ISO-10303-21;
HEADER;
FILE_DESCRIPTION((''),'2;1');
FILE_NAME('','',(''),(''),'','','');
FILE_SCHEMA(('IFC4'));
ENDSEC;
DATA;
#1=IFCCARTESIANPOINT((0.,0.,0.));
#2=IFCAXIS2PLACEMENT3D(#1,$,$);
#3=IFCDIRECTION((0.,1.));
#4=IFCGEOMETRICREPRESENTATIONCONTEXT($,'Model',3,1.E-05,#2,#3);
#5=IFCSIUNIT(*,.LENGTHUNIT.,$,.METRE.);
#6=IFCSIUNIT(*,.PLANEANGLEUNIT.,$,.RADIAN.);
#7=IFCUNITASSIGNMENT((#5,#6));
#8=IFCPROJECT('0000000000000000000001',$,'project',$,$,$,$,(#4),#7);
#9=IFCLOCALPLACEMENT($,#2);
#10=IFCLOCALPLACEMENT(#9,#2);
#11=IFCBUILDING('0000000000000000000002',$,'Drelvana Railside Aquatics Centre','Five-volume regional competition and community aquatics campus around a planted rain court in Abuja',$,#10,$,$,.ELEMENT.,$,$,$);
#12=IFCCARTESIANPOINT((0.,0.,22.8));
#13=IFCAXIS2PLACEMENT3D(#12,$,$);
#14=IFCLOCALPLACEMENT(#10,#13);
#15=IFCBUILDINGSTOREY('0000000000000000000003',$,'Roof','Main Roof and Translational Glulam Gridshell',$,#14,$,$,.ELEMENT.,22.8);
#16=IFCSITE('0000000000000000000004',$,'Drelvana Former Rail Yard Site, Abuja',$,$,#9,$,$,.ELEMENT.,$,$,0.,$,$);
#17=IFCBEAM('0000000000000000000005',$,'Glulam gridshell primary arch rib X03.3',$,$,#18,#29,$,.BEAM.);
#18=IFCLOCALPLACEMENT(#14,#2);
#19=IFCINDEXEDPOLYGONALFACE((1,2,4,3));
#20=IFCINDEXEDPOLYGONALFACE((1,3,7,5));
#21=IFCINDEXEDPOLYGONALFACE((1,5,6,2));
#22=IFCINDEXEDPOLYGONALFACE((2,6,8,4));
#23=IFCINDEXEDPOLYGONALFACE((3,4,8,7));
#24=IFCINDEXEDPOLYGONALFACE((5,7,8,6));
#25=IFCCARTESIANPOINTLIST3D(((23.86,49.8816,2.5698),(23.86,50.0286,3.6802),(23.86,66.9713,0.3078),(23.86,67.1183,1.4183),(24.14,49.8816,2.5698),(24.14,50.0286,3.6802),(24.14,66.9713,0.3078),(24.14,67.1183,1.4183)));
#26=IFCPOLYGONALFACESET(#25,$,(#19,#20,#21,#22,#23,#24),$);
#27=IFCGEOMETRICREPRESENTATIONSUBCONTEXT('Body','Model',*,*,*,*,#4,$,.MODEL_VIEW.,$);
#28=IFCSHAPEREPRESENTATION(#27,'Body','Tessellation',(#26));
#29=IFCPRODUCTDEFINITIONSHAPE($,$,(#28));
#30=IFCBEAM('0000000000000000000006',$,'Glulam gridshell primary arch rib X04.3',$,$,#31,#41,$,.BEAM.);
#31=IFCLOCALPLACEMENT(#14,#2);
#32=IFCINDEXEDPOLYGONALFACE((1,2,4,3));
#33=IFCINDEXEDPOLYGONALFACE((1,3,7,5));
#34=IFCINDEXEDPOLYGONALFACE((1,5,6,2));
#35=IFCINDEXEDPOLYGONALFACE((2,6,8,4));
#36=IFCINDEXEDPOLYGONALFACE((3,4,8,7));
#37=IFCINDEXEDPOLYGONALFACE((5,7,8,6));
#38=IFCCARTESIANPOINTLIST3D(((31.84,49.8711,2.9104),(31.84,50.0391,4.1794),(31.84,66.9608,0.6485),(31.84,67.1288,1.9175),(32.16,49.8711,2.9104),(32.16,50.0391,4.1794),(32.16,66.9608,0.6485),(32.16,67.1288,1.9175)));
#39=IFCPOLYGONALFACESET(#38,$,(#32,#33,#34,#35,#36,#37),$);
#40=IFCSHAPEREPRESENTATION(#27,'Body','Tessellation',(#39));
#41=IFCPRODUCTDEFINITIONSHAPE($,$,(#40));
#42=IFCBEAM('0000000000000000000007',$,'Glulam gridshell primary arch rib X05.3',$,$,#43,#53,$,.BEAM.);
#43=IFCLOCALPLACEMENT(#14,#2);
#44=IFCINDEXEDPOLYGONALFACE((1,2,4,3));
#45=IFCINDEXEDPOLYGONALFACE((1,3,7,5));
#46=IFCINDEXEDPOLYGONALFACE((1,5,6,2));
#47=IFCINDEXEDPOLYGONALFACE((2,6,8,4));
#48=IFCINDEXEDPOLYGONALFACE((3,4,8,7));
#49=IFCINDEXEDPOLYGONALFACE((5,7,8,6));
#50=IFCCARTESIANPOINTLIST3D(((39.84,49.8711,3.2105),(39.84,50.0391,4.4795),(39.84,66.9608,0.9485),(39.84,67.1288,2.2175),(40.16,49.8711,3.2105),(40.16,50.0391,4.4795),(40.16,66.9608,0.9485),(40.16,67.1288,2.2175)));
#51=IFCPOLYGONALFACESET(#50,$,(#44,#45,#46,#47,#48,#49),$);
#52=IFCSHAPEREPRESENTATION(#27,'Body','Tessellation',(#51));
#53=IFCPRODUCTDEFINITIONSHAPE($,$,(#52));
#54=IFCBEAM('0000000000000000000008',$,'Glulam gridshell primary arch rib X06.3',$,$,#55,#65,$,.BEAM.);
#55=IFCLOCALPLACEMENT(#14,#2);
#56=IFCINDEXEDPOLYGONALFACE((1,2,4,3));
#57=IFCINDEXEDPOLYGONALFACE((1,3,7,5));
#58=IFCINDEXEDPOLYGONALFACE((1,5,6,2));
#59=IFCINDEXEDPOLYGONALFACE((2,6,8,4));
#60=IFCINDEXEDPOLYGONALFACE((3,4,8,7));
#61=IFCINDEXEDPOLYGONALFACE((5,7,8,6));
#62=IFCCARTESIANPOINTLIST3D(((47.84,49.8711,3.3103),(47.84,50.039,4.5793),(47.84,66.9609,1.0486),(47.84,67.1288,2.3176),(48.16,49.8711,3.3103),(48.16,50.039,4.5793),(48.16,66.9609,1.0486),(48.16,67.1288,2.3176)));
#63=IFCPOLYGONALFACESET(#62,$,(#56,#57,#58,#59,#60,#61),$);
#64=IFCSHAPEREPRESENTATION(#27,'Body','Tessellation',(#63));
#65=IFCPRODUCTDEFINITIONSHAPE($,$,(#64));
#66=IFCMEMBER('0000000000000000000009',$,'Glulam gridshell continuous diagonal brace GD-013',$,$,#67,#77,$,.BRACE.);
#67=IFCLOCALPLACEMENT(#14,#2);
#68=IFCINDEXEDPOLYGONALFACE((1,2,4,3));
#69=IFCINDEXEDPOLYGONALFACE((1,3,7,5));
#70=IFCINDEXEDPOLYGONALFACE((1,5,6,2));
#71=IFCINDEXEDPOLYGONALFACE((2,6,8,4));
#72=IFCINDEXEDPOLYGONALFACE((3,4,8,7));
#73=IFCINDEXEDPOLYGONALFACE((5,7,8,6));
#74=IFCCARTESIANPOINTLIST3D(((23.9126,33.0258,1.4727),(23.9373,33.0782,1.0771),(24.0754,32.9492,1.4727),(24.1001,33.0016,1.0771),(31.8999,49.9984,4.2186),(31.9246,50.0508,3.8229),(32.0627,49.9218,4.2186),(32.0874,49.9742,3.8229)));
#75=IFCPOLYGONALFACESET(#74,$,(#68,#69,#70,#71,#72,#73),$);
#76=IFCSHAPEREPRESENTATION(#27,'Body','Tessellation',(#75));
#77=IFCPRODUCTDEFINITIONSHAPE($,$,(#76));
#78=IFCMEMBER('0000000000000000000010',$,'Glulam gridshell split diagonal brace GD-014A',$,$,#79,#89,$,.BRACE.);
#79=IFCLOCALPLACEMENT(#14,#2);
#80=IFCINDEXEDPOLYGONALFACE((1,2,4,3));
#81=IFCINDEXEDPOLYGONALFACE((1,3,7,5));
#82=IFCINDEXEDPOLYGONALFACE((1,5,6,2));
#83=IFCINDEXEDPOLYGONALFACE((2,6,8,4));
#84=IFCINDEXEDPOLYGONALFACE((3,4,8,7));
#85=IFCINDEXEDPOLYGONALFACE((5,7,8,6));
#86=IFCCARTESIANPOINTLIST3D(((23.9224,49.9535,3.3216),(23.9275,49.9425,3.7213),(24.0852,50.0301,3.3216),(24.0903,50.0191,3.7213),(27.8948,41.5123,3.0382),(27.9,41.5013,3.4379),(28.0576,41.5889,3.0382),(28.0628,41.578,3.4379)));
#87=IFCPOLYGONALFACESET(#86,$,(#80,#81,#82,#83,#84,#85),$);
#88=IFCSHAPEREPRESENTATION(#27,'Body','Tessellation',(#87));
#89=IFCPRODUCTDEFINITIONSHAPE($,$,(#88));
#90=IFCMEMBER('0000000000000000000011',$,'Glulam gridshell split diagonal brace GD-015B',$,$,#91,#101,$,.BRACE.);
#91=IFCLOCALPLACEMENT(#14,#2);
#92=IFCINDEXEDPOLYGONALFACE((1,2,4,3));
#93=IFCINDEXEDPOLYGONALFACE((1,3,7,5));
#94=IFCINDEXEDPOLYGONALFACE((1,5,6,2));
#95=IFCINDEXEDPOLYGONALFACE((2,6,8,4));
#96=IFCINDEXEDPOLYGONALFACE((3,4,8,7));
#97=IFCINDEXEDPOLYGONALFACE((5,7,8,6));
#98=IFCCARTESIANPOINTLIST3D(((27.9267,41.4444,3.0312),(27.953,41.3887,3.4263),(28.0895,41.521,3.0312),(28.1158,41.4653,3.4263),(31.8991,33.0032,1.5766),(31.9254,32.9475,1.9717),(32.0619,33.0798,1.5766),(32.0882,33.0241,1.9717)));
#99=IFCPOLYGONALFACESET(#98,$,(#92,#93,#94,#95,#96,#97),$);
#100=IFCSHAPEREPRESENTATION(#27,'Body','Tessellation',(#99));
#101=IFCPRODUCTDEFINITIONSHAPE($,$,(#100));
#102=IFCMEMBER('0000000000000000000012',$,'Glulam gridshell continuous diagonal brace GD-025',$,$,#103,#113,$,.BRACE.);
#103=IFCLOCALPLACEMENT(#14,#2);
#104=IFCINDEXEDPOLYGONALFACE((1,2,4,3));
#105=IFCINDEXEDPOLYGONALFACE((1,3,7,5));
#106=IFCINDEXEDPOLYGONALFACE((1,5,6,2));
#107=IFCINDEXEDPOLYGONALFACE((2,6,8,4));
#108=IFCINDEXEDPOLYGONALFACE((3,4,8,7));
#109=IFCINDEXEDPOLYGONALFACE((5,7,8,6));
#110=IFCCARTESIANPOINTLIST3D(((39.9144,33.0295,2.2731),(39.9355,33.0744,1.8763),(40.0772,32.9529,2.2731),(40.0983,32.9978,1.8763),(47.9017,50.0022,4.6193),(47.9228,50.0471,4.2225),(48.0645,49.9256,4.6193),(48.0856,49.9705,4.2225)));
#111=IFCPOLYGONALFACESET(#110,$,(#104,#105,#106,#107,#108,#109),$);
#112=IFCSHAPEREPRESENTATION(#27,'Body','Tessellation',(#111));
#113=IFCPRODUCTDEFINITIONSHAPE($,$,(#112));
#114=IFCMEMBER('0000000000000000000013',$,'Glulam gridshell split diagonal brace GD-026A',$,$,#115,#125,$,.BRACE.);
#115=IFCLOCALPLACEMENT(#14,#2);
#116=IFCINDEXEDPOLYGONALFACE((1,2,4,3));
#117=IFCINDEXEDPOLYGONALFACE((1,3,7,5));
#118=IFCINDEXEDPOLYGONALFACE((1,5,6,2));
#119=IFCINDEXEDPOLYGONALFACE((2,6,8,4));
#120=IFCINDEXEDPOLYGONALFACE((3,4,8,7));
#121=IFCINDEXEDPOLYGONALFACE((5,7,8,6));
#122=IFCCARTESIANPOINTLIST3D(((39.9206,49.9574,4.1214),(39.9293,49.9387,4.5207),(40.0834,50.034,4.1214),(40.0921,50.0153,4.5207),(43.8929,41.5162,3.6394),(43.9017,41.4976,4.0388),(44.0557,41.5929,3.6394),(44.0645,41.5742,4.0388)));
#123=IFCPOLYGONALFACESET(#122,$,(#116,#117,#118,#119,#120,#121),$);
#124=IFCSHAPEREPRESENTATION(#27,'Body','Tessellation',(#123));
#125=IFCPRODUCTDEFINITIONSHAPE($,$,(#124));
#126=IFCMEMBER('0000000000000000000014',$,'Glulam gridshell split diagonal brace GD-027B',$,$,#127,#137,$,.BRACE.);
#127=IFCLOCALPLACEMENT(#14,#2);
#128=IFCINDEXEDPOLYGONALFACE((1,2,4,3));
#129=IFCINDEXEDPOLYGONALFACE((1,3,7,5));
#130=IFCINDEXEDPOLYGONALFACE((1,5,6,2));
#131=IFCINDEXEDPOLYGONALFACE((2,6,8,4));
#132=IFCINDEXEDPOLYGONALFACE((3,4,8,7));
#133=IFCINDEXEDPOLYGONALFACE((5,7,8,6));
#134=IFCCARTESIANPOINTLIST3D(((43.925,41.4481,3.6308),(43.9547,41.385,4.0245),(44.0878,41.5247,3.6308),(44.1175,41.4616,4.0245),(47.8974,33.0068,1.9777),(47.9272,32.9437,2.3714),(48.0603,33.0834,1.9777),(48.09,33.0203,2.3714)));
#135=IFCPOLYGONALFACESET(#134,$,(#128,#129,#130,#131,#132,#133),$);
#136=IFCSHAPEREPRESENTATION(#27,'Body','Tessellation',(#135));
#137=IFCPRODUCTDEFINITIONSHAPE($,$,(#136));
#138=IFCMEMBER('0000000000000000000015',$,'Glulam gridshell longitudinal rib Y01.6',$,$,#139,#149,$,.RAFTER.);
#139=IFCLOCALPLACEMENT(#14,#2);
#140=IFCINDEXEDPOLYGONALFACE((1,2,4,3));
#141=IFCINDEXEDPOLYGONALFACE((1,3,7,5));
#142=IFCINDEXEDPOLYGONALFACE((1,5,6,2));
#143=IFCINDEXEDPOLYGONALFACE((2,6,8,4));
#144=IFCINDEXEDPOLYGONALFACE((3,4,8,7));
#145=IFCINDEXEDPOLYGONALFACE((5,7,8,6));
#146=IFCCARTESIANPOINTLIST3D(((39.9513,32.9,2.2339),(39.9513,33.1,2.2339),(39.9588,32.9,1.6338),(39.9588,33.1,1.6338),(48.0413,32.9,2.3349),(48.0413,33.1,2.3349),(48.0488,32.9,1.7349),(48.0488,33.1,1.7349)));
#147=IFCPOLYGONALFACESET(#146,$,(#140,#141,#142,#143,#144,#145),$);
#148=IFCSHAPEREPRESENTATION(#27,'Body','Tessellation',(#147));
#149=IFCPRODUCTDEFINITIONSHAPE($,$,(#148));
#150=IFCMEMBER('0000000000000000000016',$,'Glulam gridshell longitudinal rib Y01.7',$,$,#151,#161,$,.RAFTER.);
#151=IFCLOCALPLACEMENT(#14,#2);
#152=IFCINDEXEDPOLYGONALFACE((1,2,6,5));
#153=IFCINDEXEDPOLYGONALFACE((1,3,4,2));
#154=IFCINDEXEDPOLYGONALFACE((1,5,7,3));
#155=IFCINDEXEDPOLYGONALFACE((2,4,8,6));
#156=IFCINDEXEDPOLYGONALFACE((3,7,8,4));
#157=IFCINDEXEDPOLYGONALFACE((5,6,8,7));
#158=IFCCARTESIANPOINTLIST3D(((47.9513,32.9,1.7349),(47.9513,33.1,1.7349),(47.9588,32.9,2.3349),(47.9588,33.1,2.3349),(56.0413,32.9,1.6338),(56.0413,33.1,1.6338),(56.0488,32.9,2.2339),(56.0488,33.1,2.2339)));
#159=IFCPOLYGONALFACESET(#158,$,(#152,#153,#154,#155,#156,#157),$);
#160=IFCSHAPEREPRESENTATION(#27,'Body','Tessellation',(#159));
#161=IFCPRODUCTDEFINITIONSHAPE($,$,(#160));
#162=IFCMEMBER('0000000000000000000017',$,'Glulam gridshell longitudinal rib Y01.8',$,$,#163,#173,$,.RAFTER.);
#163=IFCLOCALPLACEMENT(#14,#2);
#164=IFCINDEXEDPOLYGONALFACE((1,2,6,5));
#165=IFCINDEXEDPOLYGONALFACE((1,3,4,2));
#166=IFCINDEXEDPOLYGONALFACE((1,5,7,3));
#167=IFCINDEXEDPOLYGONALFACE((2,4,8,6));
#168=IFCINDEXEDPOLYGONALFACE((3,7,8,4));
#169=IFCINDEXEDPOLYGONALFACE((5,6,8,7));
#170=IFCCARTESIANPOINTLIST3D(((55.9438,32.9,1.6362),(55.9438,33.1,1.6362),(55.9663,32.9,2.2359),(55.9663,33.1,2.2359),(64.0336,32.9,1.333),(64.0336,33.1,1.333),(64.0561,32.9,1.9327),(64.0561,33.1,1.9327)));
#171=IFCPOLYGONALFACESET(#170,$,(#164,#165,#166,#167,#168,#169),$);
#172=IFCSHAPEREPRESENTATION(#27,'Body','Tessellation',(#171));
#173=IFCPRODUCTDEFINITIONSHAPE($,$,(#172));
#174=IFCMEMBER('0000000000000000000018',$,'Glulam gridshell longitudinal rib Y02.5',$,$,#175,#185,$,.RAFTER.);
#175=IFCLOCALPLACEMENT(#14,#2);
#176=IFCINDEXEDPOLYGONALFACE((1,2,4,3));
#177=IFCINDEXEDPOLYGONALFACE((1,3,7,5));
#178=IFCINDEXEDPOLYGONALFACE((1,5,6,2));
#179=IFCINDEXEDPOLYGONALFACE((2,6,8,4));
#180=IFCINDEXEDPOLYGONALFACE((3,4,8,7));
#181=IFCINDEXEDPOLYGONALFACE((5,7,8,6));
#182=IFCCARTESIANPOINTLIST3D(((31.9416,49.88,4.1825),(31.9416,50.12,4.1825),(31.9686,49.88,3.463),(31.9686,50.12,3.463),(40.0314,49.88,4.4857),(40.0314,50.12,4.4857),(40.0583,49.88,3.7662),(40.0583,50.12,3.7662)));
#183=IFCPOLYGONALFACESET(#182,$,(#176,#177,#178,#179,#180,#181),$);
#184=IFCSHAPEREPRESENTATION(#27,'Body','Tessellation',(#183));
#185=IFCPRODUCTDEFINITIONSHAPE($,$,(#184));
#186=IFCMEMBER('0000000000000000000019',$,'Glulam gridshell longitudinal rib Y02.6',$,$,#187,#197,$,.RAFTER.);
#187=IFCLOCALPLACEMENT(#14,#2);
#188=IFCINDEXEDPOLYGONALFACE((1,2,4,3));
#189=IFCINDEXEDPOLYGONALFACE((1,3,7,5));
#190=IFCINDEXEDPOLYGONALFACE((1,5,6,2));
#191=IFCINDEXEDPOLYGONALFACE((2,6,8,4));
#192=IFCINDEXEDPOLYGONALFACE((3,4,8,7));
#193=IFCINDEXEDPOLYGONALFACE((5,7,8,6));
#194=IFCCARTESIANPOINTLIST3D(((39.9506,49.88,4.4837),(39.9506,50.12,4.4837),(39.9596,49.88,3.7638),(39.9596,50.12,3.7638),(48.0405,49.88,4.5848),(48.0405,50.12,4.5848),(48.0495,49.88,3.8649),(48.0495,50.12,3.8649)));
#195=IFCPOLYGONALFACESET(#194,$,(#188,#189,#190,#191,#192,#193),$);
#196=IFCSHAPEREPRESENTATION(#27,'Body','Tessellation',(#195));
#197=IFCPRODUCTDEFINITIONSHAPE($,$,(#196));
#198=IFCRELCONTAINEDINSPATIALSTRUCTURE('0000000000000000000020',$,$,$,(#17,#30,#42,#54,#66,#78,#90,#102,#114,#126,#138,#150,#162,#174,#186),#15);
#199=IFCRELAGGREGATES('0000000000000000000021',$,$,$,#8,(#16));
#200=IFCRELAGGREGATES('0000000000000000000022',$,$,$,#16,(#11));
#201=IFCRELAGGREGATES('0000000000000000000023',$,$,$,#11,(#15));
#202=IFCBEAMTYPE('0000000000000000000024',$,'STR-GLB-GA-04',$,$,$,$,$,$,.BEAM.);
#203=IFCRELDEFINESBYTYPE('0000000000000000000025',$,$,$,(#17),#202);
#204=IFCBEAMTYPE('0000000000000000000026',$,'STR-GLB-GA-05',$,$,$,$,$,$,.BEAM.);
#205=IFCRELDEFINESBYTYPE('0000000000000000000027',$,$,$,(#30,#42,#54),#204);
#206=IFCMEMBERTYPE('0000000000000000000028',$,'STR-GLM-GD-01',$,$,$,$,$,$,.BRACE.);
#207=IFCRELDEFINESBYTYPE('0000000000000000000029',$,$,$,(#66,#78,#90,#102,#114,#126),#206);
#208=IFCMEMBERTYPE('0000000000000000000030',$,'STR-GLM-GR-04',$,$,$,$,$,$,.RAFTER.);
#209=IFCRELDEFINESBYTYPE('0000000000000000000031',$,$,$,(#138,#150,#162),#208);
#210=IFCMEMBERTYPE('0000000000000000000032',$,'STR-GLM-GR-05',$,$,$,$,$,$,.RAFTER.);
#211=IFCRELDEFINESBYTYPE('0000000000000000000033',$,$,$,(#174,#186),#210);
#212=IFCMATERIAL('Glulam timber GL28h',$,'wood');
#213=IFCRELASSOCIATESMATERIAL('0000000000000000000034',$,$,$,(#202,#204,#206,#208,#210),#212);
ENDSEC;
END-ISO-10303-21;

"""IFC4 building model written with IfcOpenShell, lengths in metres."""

from ifc_helpers import new_model, si_unit, direction, frame, origin, origin_2d, place, context, subcontext, project, spatial, rectangle, extrude, material, material_profile, profile_set, type_object, element, save


model = new_model("IFC4")

# Units and contexts
model_context = context("Model", 3, precision=1e-05, world=origin(), true_north=direction((0.0, 1.0)))
body_context = subcontext(model_context, "Body", "Model", "MODEL_VIEW")
ifc_project = project(units=[si_unit("LENGTHUNIT", "METRE"), si_unit("PLANEANGLEUNIT", "RADIAN")], contexts=[model_context])

# Site, building, storey
site_placement = place(None, origin())
site = spatial("IfcSite", under=ifc_project, at=site_placement, Name="Drelvana Former Rail Yard Site, Abuja", CompositionType="ELEMENT", RefElevation=0.0)
building_placement = place(site_placement, origin())
building = spatial("IfcBuilding", under=site, at=building_placement, Name="Drelvana Railside Aquatics Centre", Description="Five-volume regional competition and community aquatics campus around a planted rain court in Abuja", CompositionType="ELEMENT")
storey_placement = place(building_placement, frame((0.0, 0.0, 22.8)))
storey = spatial("IfcBuildingStorey", under=building, at=storey_placement, Name="Roof", Description="Main Roof and Translational Glulam Gridshell", CompositionType="ELEMENT", Elevation=22.8)

# Beams
ifc_material_1 = material(Name="Glulam timber GL28h", Category="wood")
ifc_material_profile_1 = material_profile(ifc_material_1, rectangle(XDim=0.28, YDim=1.1201, at=origin_2d()), Name="GL28h 280x1120")
ifc_profile_set_1 = profile_set([ifc_material_profile_1], Name="Glulam timber GL28h")
beam_type_1 = type_object("IfcBeamType", Name="STR-GLB-GA-04", PredefinedType="BEAM", material=ifc_profile_set_1)
beam_placement = place(storey_placement, frame((24.0, 49.9551, 3.125), z_axis=(0.0, 0.991354, -0.131213), x_axis=(-1.0, 0.0, 0.0)))
element("IfcBeam", 1, at=beam_placement, inside=storey, type_object=beam_type_1, Name="Glulam gridshell primary arch rib X03.3", PredefinedType="BEAM", context=body_context, shape_type="SweptSolid", body=[
    extrude(rectangle(XDim=0.28, YDim=1.1201, at=origin_2d()), origin(), (0.0, 0.0, 1.0), 17.2388),
])
ifc_material_profile_2 = material_profile(ifc_material_1, rectangle(XDim=0.3201, YDim=1.28, at=origin_2d()), Name="GL28h 320x1280")
ifc_profile_set_2 = profile_set([ifc_material_profile_2], Name="Glulam timber GL28h")
beam_type_2 = type_object("IfcBeamType", Name="STR-GLB-GA-05", PredefinedType="BEAM", material=ifc_profile_set_2)
for number, where, z_axis, x_axis, name in (
    (2, (32.0, 49.9551, 3.5449), (0.0, 0.991354, -0.131213), (-1.0, 0.0, 0.0), "Glulam gridshell primary arch rib X04.3"),
    (3, (40.0, 49.9551, 3.845), (0.0, 0.991354, -0.131213), (-1.0, 0.0, 0.0), "Glulam gridshell primary arch rib X05.3"),
    (4, (48.0, 49.9551, 3.9448), (0.0, 0.991356, -0.131199), (-1.0, 0.0, 0.0), "Glulam gridshell primary arch rib X06.3"),
):
    element("IfcBeam", number, at=place(storey_placement, frame(where, z_axis=z_axis, x_axis=x_axis)), inside=storey, type_object=beam_type_2, Name=name, PredefinedType="BEAM", context=body_context, shape_type="SweptSolid", body=[
        extrude(rectangle(XDim=0.3201, YDim=1.28, at=origin_2d()), origin(), (0.0, 0.0, 1.0), 17.2388),
    ])

# Members
ifc_material_profile_3 = material_profile(ifc_material_1, rectangle(XDim=0.1799, YDim=0.3999, at=origin_2d()), Name="GL28h 180x400")
ifc_profile_set_3 = profile_set([ifc_material_profile_3], Name="Glulam timber GL28h")
member_type_1 = type_object("IfcMemberType", Name="STR-GLM-GD-01", PredefinedType="BRACE", material=ifc_profile_set_3)
member_1_placement = place(storey_placement, frame((24.0063, 33.0137, 1.2749), z_axis=(0.421315, 0.895274, 0.144838), x_axis=(-0.904815, 0.425805, 0.0)))
element("IfcMember", 5, at=member_1_placement, inside=storey, type_object=member_type_1, Name="Glulam gridshell continuous diagonal brace GD-013", PredefinedType="BRACE", context=body_context, shape_type="SweptSolid", body=[
    extrude(rectangle(XDim=0.1799, YDim=0.3999, at=origin_2d()), origin(), (0.0, 0.0, 1.0), 18.958),
])
member_2_placement = place(storey_placement, frame((24.0063, 49.9863, 3.5215), z_axis=(0.425609, -0.904397, -0.030369), x_axis=(0.904815, 0.425806, 0.0)))
element("IfcMember", 6, at=member_2_placement, inside=storey, type_object=member_type_1, Name="Glulam gridshell split diagonal brace GD-014A", PredefinedType="BRACE", context=body_context, shape_type="SweptSolid", body=[
    extrude(rectangle(XDim=0.1799, YDim=0.3999, at=origin_2d()), origin(), (0.0, 0.0, 1.0), 9.3335),
])
member_3_placement = place(storey_placement, frame((28.0212, 41.4548, 3.2288), z_axis=(0.420723, -0.894013, -0.154057), x_axis=(0.904815, 0.425806, 0.0)))
element("IfcMember", 7, at=member_3_placement, inside=storey, type_object=member_type_1, Name="Glulam gridshell split diagonal brace GD-015B", PredefinedType="BRACE", context=body_context, shape_type="SweptSolid", body=[
    extrude(rectangle(XDim=0.1799, YDim=0.3999, at=origin_2d()), origin(), (0.0, 0.0, 1.0), 9.4419),
])
member_4_placement = place(storey_placement, frame((40.0063, 33.0137, 2.0747), z_axis=(0.422512, 0.89782, 0.124109), x_axis=(-0.904815, 0.425805, 0.0)))
element("IfcMember", 8, at=member_4_placement, inside=storey, type_object=member_type_1, Name="Glulam gridshell continuous diagonal brace GD-025", PredefinedType="BRACE", context=body_context, shape_type="SweptSolid", body=[
    extrude(rectangle(XDim=0.1799, YDim=0.3999, at=origin_2d()), origin(), (0.0, 0.0, 1.0), 18.9043),
])
member_5_placement = place(storey_placement, frame((40.0063, 49.9863, 4.321), z_axis=(0.425239, -0.90361, -0.05159), x_axis=(0.904815, 0.425806, 0.0)))
element("IfcMember", 9, at=member_5_placement, inside=storey, type_object=member_type_1, Name="Glulam gridshell split diagonal brace GD-026A", PredefinedType="BRACE", context=body_context, shape_type="SweptSolid", body=[
    extrude(rectangle(XDim=0.1799, YDim=0.3999, at=origin_2d()), origin(), (0.0, 0.0, 1.0), 9.3416),
])
member_6_placement = place(storey_placement, frame((44.0212, 41.4548, 3.8276), z_axis=(0.419275, -0.890936, -0.174477), x_axis=(0.904815, 0.425806, 0.0)))
element("IfcMember", 10, at=member_6_placement, inside=storey, type_object=member_type_1, Name="Glulam gridshell split diagonal brace GD-027B", PredefinedType="BRACE", context=body_context, shape_type="SweptSolid", body=[
    extrude(rectangle(XDim=0.1799, YDim=0.3999, at=origin_2d()), origin(), (0.0, 0.0, 1.0), 9.4746),
])
ifc_material_profile_4 = material_profile(ifc_material_1, rectangle(XDim=0.2, YDim=0.6001, at=origin_2d()), Name="GL28h 200x600")
ifc_profile_set_4 = profile_set([ifc_material_profile_4], Name="Glulam timber GL28h")
member_type_2 = type_object("IfcMemberType", Name="STR-GLM-GR-04", PredefinedType="RAFTER", material=ifc_profile_set_4)
for number, where, z_axis, x_axis, name in (
    (11, (39.9551, 33.0, 1.9338), (0.999922, 0.0, 0.012493), (0.0, 1.0, 0.0), "Glulam gridshell longitudinal rib Y01.6"),
    (12, (47.9551, 33.0, 2.0349), (0.999922, 0.0, -0.012493), (0.0, 1.0, 0.0), "Glulam gridshell longitudinal rib Y01.7"),
):
    element("IfcMember", number, at=place(storey_placement, frame(where, z_axis=z_axis, x_axis=x_axis)), inside=storey, type_object=member_type_2, Name=name, PredefinedType="RAFTER", context=body_context, shape_type="SweptSolid", body=[
        extrude(rectangle(XDim=0.2, YDim=0.6001, at=origin_2d()), origin(), (0.0, 0.0, 1.0), 8.0906),
    ])
member_7_placement = place(storey_placement, frame((55.9551, 33.0, 1.936), z_axis=(0.999298, 0.0, -0.037456), x_axis=(0.0, 1.0, 0.0)))
element("IfcMember", 13, at=member_7_placement, inside=storey, type_object=member_type_2, Name="Glulam gridshell longitudinal rib Y01.8", PredefinedType="RAFTER", context=body_context, shape_type="SweptSolid", body=[
    extrude(rectangle(XDim=0.2, YDim=0.6001, at=origin_2d()), origin(), (0.0, 0.0, 1.0), 8.0955),
])
ifc_material_profile_5 = material_profile(ifc_material_1, rectangle(XDim=0.24, YDim=0.72, at=origin_2d()), Name="GL28h 240x720")
ifc_profile_set_5 = profile_set([ifc_material_profile_5], Name="Glulam timber GL28h")
member_type_3 = type_object("IfcMemberType", Name="STR-GLM-GR-05", PredefinedType="RAFTER", material=ifc_profile_set_5)
member_8_placement = place(storey_placement, frame((31.9551, 50.0, 3.8228), z_axis=(0.999298, 0.0, 0.037456), x_axis=(0.0, 1.0, 0.0)))
element("IfcMember", 14, at=member_8_placement, inside=storey, type_object=member_type_3, Name="Glulam gridshell longitudinal rib Y02.5", PredefinedType="RAFTER", context=body_context, shape_type="SweptSolid", body=[
    extrude(rectangle(XDim=0.24, YDim=0.72, at=origin_2d()), origin(), (0.0, 0.0, 1.0), 8.0955),
])
member_9_placement = place(storey_placement, frame((39.9551, 50.0, 4.1238), z_axis=(0.999922, 0.0, 0.012493), x_axis=(0.0, 1.0, 0.0)))
element("IfcMember", 15, at=member_9_placement, inside=storey, type_object=member_type_3, Name="Glulam gridshell longitudinal rib Y02.6", PredefinedType="RAFTER", context=body_context, shape_type="SweptSolid", body=[
    extrude(rectangle(XDim=0.24, YDim=0.72, at=origin_2d()), origin(), (0.0, 0.0, 1.0), 8.0906),
])

save(model, "model.ifc")
